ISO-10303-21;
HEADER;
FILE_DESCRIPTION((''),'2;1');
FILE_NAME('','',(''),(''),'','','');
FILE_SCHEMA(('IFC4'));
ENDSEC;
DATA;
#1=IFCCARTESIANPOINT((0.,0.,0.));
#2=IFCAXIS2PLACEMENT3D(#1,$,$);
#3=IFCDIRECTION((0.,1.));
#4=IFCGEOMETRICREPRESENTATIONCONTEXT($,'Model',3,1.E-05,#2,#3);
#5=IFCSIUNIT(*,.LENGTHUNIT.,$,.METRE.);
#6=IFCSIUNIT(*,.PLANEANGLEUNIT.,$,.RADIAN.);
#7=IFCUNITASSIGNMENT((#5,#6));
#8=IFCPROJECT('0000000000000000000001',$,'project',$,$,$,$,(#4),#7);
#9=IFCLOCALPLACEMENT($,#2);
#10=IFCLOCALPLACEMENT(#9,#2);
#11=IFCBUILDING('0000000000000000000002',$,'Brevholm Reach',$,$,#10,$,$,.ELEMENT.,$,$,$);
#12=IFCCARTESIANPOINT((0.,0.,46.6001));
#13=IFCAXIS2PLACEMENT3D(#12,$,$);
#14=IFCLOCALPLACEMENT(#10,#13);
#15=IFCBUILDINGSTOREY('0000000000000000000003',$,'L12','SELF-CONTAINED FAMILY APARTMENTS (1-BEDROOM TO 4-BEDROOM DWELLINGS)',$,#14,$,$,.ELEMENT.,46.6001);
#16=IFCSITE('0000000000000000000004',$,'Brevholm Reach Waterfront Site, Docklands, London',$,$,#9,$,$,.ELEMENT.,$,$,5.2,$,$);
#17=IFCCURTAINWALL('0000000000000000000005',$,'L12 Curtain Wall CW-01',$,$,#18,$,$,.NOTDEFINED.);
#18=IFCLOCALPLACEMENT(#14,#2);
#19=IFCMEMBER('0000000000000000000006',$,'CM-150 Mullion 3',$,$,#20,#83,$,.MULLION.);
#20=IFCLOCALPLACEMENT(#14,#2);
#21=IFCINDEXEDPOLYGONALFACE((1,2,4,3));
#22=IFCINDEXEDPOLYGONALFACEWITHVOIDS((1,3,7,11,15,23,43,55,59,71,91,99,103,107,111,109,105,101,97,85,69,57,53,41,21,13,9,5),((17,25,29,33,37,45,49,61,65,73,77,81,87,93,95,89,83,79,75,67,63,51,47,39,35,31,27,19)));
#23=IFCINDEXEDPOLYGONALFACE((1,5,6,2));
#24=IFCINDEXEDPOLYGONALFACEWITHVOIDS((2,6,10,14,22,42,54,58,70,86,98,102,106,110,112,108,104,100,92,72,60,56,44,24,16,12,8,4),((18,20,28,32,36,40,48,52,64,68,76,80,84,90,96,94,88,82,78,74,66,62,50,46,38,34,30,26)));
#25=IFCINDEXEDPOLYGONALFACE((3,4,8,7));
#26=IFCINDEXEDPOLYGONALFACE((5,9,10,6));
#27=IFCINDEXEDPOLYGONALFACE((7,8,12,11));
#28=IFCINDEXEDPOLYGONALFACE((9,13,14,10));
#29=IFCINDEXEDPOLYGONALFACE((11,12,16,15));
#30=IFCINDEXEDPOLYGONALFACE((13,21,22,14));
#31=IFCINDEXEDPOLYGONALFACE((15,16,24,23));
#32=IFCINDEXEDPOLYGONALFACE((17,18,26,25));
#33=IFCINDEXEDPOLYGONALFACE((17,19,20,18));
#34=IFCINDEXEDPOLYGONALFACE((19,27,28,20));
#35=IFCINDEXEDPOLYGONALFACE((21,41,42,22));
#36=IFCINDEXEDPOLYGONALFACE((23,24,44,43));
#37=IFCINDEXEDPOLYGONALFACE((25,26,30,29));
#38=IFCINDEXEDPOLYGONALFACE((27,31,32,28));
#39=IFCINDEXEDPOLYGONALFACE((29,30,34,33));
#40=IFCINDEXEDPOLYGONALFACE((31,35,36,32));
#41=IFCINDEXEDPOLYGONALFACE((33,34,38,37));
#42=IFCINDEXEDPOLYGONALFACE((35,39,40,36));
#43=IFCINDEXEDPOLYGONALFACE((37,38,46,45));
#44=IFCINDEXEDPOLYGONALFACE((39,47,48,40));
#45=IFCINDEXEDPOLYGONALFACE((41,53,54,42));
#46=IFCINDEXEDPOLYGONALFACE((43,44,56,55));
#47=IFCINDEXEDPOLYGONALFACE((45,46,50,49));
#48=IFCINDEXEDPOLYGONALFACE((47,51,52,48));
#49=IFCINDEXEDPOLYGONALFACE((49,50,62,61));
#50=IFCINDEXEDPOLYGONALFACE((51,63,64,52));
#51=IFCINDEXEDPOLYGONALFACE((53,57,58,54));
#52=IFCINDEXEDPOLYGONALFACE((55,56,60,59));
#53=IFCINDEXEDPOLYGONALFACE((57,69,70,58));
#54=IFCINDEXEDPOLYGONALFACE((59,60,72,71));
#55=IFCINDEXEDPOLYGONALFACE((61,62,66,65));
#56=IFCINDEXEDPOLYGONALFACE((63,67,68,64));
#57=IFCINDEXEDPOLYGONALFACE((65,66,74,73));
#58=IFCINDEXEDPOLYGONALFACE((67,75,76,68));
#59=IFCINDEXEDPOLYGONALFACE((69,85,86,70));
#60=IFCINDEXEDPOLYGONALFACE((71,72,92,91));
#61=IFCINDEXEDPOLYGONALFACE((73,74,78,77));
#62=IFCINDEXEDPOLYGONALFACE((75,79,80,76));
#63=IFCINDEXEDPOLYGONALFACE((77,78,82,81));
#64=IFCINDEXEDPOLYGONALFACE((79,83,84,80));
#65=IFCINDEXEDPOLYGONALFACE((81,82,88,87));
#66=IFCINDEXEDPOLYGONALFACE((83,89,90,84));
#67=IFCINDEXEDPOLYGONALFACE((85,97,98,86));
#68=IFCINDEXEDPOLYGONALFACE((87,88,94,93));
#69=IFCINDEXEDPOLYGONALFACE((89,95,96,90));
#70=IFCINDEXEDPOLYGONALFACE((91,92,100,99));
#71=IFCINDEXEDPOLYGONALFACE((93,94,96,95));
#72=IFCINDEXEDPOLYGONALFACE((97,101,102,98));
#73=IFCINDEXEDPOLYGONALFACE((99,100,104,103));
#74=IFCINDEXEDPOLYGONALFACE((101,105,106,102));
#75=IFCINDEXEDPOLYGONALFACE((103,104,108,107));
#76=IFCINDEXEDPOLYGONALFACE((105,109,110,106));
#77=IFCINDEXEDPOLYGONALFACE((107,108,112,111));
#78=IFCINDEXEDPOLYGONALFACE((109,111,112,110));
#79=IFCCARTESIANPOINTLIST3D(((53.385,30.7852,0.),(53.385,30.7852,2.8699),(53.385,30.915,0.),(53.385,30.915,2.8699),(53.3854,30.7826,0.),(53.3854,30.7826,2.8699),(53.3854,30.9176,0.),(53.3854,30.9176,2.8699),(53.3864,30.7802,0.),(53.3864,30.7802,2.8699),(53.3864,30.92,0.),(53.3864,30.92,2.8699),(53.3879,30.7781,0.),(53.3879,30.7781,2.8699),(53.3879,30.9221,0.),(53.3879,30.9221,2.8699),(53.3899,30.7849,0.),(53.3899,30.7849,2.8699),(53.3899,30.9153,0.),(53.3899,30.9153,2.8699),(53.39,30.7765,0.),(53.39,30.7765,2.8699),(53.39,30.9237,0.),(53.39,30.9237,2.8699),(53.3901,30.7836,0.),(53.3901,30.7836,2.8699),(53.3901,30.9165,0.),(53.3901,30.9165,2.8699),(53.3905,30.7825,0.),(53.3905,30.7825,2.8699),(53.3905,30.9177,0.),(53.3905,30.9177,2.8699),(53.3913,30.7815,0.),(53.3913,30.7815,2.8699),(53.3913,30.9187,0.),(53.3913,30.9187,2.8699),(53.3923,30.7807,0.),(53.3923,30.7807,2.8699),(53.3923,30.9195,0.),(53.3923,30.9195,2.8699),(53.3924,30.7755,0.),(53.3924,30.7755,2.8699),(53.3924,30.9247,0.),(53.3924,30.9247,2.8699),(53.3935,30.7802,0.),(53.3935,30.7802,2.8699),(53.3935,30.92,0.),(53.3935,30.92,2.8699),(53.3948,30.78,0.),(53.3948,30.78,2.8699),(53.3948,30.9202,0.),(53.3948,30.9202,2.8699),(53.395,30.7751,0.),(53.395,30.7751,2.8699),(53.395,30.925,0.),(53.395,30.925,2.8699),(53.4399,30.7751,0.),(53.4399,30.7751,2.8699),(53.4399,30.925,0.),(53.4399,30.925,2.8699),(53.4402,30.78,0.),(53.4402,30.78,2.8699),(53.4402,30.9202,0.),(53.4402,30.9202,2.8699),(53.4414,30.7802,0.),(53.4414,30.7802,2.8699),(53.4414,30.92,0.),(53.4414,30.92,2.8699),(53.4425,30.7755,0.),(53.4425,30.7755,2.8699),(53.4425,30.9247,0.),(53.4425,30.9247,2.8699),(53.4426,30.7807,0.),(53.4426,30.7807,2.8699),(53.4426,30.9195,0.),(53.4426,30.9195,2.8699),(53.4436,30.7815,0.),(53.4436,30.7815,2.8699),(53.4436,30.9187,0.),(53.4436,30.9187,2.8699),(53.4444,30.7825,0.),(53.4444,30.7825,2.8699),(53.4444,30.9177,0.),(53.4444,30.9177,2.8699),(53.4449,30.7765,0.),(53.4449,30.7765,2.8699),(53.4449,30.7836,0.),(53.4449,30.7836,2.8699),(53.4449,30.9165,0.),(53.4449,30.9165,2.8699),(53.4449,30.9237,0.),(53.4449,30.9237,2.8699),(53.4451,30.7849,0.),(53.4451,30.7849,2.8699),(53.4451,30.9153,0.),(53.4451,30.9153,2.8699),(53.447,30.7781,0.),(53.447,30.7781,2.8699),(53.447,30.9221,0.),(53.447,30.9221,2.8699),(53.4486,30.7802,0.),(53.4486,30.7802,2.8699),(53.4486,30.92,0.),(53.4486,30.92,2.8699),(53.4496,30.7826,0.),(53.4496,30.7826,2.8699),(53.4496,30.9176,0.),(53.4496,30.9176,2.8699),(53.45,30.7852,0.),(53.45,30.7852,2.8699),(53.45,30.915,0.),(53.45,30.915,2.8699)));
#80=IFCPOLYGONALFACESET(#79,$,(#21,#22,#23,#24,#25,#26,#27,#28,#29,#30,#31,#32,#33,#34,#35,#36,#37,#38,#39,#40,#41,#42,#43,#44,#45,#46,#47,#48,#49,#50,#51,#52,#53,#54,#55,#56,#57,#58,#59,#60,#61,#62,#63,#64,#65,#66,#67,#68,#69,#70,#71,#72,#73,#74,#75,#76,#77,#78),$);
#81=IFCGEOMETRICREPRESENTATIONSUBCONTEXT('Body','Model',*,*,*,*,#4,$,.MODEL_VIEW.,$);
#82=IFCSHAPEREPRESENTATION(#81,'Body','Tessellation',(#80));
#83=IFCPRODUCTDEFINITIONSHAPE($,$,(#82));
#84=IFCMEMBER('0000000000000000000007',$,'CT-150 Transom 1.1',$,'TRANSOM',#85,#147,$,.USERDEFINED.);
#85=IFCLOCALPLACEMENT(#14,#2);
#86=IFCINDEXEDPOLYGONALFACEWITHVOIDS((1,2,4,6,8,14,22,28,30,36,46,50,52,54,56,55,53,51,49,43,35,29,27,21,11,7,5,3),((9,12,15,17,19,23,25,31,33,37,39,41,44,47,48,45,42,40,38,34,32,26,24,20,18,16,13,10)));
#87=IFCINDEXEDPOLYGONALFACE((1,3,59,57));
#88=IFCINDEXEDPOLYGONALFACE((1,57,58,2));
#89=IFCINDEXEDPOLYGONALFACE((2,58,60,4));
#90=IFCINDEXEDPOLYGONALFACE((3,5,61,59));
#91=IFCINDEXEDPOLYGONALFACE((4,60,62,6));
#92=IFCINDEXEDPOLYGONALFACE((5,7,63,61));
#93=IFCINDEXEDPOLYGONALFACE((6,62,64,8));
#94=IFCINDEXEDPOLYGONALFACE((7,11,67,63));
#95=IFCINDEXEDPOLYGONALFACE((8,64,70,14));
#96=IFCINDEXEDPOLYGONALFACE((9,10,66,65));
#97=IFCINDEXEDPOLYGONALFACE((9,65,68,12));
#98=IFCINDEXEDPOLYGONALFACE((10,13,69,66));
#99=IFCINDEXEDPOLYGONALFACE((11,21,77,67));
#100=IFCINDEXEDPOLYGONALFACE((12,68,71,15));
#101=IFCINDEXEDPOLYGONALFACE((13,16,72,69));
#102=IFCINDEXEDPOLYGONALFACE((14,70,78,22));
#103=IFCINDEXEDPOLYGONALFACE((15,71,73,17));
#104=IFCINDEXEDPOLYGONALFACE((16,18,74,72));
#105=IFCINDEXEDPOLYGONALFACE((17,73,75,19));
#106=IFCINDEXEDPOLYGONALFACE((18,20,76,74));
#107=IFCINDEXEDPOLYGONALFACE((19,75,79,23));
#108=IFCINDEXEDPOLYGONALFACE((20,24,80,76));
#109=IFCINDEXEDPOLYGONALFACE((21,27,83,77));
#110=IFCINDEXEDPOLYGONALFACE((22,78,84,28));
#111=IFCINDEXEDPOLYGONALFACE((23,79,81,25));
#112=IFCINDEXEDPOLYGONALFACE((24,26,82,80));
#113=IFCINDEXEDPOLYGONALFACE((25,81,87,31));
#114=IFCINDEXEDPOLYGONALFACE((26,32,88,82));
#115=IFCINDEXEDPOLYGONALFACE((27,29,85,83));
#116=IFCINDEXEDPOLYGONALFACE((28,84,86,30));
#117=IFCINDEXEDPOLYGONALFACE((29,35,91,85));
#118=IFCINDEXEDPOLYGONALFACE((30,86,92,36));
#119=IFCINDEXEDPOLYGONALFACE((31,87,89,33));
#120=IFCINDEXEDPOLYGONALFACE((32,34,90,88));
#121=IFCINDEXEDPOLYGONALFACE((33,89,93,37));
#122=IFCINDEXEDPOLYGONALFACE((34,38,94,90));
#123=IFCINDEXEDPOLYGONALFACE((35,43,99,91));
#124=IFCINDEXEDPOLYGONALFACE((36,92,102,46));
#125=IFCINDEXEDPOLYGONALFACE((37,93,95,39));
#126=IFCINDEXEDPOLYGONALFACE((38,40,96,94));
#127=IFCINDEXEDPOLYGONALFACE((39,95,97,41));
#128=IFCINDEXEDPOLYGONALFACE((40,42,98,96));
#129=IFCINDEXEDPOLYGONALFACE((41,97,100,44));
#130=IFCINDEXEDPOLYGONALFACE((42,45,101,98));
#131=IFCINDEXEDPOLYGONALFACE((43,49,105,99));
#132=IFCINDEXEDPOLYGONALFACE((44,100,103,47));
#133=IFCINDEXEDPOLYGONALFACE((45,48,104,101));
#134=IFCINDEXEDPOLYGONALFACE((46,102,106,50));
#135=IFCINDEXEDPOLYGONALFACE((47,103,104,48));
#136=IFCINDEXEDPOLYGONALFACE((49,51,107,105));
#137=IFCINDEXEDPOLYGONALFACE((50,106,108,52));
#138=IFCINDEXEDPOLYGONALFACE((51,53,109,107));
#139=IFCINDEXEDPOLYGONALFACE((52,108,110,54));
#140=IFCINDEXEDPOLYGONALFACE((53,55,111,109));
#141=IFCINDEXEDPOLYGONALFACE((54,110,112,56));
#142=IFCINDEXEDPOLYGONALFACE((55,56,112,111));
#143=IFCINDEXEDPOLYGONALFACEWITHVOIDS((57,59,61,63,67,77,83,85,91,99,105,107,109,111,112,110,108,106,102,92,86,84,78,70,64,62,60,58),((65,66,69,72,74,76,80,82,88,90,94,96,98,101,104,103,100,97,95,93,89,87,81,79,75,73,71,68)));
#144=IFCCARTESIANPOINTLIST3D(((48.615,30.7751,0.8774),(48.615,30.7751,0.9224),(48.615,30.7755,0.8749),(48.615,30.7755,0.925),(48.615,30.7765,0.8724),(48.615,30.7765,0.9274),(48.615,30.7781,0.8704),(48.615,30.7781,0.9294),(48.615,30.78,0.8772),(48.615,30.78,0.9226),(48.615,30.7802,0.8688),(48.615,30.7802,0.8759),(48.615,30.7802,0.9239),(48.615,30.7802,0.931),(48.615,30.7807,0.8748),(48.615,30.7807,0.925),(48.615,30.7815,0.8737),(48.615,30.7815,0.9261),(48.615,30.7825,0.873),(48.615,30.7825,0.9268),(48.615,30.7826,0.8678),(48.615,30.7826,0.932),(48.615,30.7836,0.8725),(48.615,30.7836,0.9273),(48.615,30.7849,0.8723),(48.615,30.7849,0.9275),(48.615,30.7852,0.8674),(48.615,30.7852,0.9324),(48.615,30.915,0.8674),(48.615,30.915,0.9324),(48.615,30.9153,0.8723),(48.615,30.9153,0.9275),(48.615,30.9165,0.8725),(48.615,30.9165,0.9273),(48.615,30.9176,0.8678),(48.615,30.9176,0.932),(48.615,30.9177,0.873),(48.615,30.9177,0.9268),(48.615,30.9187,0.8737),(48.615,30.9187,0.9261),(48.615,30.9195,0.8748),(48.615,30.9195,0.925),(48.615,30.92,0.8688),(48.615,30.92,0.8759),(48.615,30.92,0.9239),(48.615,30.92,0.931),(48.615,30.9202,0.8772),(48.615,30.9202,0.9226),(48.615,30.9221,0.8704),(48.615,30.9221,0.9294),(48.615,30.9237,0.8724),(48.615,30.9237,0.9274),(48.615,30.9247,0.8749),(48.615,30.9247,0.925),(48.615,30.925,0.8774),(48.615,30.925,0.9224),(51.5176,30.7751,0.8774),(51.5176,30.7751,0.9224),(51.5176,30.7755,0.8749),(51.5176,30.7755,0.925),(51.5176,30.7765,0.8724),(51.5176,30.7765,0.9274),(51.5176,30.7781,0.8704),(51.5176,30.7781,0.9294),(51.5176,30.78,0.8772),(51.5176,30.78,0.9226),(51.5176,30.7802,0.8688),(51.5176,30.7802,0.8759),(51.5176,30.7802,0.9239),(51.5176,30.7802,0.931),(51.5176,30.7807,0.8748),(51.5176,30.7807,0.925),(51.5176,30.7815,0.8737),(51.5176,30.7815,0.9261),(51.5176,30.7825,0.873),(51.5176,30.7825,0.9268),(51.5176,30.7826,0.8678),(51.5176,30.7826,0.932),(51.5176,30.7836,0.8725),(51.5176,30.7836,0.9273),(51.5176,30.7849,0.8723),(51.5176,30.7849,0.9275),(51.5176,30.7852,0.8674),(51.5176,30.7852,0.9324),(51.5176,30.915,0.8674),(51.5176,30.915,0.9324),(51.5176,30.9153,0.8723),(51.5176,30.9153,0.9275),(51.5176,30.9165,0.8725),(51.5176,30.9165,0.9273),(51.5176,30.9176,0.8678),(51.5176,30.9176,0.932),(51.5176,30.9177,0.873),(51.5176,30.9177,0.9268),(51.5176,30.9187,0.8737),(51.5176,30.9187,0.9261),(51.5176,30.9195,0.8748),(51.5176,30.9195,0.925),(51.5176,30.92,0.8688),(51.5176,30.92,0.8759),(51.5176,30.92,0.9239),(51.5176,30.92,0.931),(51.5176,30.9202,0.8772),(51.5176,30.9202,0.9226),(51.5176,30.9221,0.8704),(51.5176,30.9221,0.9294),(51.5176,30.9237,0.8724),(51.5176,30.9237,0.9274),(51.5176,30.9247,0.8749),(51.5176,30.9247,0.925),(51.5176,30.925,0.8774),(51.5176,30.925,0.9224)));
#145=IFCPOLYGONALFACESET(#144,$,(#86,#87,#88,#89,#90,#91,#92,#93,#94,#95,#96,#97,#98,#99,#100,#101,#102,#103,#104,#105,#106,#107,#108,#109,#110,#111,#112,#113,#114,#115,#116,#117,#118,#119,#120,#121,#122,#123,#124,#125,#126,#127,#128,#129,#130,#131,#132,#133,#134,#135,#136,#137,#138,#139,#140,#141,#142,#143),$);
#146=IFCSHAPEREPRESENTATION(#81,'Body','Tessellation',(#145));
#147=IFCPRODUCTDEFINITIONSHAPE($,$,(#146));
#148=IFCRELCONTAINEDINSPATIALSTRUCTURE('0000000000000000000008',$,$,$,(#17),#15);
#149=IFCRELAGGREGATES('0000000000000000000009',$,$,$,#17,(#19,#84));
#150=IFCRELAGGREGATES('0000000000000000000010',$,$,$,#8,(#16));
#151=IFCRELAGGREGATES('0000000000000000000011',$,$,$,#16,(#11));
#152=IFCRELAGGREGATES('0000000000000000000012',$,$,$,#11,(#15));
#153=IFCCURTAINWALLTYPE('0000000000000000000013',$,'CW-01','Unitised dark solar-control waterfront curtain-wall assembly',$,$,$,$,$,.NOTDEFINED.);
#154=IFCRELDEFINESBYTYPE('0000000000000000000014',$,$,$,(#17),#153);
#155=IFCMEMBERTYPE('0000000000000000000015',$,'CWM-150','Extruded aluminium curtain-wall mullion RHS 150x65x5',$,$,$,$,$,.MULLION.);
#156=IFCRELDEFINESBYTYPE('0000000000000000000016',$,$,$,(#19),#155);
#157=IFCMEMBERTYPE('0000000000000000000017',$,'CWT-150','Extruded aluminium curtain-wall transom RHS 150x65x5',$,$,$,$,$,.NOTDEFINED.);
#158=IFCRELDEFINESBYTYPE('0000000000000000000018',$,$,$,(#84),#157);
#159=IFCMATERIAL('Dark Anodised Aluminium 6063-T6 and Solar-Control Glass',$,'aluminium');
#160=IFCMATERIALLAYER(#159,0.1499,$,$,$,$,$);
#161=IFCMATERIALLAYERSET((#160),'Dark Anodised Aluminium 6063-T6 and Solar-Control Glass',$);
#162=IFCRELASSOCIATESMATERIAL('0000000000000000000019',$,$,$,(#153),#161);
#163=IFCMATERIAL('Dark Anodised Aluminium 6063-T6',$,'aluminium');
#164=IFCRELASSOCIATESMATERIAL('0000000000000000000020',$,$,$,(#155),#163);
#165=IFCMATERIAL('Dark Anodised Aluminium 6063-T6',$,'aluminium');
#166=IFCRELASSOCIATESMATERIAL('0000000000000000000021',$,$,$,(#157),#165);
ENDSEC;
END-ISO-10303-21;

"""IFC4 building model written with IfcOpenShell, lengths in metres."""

from ifc_helpers import new_model, si_unit, direction, frame, origin, origin_2d, place, context, subcontext, project, spatial, hollow_rectangle, extrude, material, layer, layer_set, material_profile, profile_set, type_object, element, aggregate, save


model = new_model("IFC4")

# Units and contexts
model_context = context("Model", 3, precision=1e-05, world=origin(), true_north=direction((0.0, 1.0)))
body_context = subcontext(model_context, "Body", "Model", "MODEL_VIEW")
ifc_project = project(units=[si_unit("LENGTHUNIT", "METRE"), si_unit("PLANEANGLEUNIT", "RADIAN")], contexts=[model_context])

# Site, building, storey
site_placement = place(None, origin())
site = spatial("IfcSite", under=ifc_project, at=site_placement, Name="Brevholm Reach Waterfront Site, Docklands, London", CompositionType="ELEMENT", RefElevation=5.2)
building_placement = place(site_placement, origin())
building = spatial("IfcBuilding", under=site, at=building_placement, Name="Brevholm Reach", CompositionType="ELEMENT")
storey_placement = place(building_placement, frame((0.0, 0.0, 46.6001)))
storey = spatial("IfcBuildingStorey", under=building, at=storey_placement, Name="L12", Description="SELF-CONTAINED FAMILY APARTMENTS (1-BEDROOM TO 4-BEDROOM DWELLINGS)", CompositionType="ELEMENT", Elevation=46.6001)

# Curtain wall, members
ifc_material_1 = material(Name="Dark Anodised Aluminium 6063-T6 and Solar-Control Glass", Category="aluminium")
ifc_layer_1 = layer(ifc_material_1, 0.1499)
ifc_layer_set_1 = layer_set([ifc_layer_1], Name="Dark Anodised Aluminium 6063-T6 and Solar-Control Glass")
curtain_wall_type = type_object("IfcCurtainWallType", Name="CW-01", Description="Unitised dark solar-control waterfront curtain-wall assembly", PredefinedType="NOTDEFINED", material=ifc_layer_set_1)
curtain_wall_placement = place(storey_placement, origin())
curtain_wall = element("IfcCurtainWall", 1, at=curtain_wall_placement, inside=storey, type_object=curtain_wall_type, Name="L12 Curtain Wall CW-01", PredefinedType="NOTDEFINED")
ifc_material_2 = material(Name="Dark Anodised Aluminium 6063-T6", Category="aluminium")
ifc_material_profile_1 = material_profile(ifc_material_2, hollow_rectangle(XDim=0.0649, YDim=0.1499, WallThickness=0.0049, InnerFilletRadius=0.0049, OuterFilletRadius=0.01, at=origin_2d()), Name="RHS 150x65x5")
ifc_profile_set_1 = profile_set([ifc_material_profile_1], Name="Dark Anodised Aluminium 6063-T6")
member_type_1 = type_object("IfcMemberType", Name="CWM-150", Description="Extruded aluminium curtain-wall mullion RHS 150x65x5", PredefinedType="MULLION", material=ifc_profile_set_1)
member_1_placement = place(storey_placement, frame((53.4175, 30.8501, 0.0), z_axis=(0.0, 0.0, 1.0), x_axis=(1.0, 0.0, 0.0)))
member_1 = element("IfcMember", 2, at=member_1_placement, type_object=member_type_1, Name="CM-150 Mullion 3", PredefinedType="MULLION", context=body_context, shape_type="SweptSolid", body=[
    extrude(hollow_rectangle(XDim=0.0649, YDim=0.1499, WallThickness=0.0049, InnerFilletRadius=0.0049, OuterFilletRadius=0.01, at=origin_2d()), origin(), (0.0, 0.0, 1.0), 2.8699),
])
ifc_material_3 = material(Name="Dark Anodised Aluminium 6063-T6", Category="aluminium")
ifc_material_profile_2 = material_profile(ifc_material_3, hollow_rectangle(XDim=0.0649, YDim=0.1499, WallThickness=0.0049, InnerFilletRadius=0.0049, OuterFilletRadius=0.01, at=origin_2d()), Name="RHS 150x65x5")
ifc_profile_set_2 = profile_set([ifc_material_profile_2], Name="Dark Anodised Aluminium 6063-T6")
member_type_2 = type_object("IfcMemberType", Name="CWT-150", Description="Extruded aluminium curtain-wall transom RHS 150x65x5", PredefinedType="NOTDEFINED", material=ifc_profile_set_2)
member_2_placement = place(storey_placement, frame((48.615, 30.8501, 0.8999), z_axis=(1.0, 0.0, 0.0), x_axis=(0.0, 0.0, 1.0)))
member_2 = element("IfcMember", 3, at=member_2_placement, type_object=member_type_2, Name="CT-150 Transom 1.1", ObjectType="TRANSOM", PredefinedType="USERDEFINED", context=body_context, shape_type="SweptSolid", body=[
    extrude(hollow_rectangle(XDim=0.0649, YDim=0.1499, WallThickness=0.0049, InnerFilletRadius=0.0049, OuterFilletRadius=0.01, at=origin_2d()), origin(), (0.0, 0.0, 1.0), 2.9026),
])
aggregate(curtain_wall, [member_1, member_2])

save(model, "model.ifc")
